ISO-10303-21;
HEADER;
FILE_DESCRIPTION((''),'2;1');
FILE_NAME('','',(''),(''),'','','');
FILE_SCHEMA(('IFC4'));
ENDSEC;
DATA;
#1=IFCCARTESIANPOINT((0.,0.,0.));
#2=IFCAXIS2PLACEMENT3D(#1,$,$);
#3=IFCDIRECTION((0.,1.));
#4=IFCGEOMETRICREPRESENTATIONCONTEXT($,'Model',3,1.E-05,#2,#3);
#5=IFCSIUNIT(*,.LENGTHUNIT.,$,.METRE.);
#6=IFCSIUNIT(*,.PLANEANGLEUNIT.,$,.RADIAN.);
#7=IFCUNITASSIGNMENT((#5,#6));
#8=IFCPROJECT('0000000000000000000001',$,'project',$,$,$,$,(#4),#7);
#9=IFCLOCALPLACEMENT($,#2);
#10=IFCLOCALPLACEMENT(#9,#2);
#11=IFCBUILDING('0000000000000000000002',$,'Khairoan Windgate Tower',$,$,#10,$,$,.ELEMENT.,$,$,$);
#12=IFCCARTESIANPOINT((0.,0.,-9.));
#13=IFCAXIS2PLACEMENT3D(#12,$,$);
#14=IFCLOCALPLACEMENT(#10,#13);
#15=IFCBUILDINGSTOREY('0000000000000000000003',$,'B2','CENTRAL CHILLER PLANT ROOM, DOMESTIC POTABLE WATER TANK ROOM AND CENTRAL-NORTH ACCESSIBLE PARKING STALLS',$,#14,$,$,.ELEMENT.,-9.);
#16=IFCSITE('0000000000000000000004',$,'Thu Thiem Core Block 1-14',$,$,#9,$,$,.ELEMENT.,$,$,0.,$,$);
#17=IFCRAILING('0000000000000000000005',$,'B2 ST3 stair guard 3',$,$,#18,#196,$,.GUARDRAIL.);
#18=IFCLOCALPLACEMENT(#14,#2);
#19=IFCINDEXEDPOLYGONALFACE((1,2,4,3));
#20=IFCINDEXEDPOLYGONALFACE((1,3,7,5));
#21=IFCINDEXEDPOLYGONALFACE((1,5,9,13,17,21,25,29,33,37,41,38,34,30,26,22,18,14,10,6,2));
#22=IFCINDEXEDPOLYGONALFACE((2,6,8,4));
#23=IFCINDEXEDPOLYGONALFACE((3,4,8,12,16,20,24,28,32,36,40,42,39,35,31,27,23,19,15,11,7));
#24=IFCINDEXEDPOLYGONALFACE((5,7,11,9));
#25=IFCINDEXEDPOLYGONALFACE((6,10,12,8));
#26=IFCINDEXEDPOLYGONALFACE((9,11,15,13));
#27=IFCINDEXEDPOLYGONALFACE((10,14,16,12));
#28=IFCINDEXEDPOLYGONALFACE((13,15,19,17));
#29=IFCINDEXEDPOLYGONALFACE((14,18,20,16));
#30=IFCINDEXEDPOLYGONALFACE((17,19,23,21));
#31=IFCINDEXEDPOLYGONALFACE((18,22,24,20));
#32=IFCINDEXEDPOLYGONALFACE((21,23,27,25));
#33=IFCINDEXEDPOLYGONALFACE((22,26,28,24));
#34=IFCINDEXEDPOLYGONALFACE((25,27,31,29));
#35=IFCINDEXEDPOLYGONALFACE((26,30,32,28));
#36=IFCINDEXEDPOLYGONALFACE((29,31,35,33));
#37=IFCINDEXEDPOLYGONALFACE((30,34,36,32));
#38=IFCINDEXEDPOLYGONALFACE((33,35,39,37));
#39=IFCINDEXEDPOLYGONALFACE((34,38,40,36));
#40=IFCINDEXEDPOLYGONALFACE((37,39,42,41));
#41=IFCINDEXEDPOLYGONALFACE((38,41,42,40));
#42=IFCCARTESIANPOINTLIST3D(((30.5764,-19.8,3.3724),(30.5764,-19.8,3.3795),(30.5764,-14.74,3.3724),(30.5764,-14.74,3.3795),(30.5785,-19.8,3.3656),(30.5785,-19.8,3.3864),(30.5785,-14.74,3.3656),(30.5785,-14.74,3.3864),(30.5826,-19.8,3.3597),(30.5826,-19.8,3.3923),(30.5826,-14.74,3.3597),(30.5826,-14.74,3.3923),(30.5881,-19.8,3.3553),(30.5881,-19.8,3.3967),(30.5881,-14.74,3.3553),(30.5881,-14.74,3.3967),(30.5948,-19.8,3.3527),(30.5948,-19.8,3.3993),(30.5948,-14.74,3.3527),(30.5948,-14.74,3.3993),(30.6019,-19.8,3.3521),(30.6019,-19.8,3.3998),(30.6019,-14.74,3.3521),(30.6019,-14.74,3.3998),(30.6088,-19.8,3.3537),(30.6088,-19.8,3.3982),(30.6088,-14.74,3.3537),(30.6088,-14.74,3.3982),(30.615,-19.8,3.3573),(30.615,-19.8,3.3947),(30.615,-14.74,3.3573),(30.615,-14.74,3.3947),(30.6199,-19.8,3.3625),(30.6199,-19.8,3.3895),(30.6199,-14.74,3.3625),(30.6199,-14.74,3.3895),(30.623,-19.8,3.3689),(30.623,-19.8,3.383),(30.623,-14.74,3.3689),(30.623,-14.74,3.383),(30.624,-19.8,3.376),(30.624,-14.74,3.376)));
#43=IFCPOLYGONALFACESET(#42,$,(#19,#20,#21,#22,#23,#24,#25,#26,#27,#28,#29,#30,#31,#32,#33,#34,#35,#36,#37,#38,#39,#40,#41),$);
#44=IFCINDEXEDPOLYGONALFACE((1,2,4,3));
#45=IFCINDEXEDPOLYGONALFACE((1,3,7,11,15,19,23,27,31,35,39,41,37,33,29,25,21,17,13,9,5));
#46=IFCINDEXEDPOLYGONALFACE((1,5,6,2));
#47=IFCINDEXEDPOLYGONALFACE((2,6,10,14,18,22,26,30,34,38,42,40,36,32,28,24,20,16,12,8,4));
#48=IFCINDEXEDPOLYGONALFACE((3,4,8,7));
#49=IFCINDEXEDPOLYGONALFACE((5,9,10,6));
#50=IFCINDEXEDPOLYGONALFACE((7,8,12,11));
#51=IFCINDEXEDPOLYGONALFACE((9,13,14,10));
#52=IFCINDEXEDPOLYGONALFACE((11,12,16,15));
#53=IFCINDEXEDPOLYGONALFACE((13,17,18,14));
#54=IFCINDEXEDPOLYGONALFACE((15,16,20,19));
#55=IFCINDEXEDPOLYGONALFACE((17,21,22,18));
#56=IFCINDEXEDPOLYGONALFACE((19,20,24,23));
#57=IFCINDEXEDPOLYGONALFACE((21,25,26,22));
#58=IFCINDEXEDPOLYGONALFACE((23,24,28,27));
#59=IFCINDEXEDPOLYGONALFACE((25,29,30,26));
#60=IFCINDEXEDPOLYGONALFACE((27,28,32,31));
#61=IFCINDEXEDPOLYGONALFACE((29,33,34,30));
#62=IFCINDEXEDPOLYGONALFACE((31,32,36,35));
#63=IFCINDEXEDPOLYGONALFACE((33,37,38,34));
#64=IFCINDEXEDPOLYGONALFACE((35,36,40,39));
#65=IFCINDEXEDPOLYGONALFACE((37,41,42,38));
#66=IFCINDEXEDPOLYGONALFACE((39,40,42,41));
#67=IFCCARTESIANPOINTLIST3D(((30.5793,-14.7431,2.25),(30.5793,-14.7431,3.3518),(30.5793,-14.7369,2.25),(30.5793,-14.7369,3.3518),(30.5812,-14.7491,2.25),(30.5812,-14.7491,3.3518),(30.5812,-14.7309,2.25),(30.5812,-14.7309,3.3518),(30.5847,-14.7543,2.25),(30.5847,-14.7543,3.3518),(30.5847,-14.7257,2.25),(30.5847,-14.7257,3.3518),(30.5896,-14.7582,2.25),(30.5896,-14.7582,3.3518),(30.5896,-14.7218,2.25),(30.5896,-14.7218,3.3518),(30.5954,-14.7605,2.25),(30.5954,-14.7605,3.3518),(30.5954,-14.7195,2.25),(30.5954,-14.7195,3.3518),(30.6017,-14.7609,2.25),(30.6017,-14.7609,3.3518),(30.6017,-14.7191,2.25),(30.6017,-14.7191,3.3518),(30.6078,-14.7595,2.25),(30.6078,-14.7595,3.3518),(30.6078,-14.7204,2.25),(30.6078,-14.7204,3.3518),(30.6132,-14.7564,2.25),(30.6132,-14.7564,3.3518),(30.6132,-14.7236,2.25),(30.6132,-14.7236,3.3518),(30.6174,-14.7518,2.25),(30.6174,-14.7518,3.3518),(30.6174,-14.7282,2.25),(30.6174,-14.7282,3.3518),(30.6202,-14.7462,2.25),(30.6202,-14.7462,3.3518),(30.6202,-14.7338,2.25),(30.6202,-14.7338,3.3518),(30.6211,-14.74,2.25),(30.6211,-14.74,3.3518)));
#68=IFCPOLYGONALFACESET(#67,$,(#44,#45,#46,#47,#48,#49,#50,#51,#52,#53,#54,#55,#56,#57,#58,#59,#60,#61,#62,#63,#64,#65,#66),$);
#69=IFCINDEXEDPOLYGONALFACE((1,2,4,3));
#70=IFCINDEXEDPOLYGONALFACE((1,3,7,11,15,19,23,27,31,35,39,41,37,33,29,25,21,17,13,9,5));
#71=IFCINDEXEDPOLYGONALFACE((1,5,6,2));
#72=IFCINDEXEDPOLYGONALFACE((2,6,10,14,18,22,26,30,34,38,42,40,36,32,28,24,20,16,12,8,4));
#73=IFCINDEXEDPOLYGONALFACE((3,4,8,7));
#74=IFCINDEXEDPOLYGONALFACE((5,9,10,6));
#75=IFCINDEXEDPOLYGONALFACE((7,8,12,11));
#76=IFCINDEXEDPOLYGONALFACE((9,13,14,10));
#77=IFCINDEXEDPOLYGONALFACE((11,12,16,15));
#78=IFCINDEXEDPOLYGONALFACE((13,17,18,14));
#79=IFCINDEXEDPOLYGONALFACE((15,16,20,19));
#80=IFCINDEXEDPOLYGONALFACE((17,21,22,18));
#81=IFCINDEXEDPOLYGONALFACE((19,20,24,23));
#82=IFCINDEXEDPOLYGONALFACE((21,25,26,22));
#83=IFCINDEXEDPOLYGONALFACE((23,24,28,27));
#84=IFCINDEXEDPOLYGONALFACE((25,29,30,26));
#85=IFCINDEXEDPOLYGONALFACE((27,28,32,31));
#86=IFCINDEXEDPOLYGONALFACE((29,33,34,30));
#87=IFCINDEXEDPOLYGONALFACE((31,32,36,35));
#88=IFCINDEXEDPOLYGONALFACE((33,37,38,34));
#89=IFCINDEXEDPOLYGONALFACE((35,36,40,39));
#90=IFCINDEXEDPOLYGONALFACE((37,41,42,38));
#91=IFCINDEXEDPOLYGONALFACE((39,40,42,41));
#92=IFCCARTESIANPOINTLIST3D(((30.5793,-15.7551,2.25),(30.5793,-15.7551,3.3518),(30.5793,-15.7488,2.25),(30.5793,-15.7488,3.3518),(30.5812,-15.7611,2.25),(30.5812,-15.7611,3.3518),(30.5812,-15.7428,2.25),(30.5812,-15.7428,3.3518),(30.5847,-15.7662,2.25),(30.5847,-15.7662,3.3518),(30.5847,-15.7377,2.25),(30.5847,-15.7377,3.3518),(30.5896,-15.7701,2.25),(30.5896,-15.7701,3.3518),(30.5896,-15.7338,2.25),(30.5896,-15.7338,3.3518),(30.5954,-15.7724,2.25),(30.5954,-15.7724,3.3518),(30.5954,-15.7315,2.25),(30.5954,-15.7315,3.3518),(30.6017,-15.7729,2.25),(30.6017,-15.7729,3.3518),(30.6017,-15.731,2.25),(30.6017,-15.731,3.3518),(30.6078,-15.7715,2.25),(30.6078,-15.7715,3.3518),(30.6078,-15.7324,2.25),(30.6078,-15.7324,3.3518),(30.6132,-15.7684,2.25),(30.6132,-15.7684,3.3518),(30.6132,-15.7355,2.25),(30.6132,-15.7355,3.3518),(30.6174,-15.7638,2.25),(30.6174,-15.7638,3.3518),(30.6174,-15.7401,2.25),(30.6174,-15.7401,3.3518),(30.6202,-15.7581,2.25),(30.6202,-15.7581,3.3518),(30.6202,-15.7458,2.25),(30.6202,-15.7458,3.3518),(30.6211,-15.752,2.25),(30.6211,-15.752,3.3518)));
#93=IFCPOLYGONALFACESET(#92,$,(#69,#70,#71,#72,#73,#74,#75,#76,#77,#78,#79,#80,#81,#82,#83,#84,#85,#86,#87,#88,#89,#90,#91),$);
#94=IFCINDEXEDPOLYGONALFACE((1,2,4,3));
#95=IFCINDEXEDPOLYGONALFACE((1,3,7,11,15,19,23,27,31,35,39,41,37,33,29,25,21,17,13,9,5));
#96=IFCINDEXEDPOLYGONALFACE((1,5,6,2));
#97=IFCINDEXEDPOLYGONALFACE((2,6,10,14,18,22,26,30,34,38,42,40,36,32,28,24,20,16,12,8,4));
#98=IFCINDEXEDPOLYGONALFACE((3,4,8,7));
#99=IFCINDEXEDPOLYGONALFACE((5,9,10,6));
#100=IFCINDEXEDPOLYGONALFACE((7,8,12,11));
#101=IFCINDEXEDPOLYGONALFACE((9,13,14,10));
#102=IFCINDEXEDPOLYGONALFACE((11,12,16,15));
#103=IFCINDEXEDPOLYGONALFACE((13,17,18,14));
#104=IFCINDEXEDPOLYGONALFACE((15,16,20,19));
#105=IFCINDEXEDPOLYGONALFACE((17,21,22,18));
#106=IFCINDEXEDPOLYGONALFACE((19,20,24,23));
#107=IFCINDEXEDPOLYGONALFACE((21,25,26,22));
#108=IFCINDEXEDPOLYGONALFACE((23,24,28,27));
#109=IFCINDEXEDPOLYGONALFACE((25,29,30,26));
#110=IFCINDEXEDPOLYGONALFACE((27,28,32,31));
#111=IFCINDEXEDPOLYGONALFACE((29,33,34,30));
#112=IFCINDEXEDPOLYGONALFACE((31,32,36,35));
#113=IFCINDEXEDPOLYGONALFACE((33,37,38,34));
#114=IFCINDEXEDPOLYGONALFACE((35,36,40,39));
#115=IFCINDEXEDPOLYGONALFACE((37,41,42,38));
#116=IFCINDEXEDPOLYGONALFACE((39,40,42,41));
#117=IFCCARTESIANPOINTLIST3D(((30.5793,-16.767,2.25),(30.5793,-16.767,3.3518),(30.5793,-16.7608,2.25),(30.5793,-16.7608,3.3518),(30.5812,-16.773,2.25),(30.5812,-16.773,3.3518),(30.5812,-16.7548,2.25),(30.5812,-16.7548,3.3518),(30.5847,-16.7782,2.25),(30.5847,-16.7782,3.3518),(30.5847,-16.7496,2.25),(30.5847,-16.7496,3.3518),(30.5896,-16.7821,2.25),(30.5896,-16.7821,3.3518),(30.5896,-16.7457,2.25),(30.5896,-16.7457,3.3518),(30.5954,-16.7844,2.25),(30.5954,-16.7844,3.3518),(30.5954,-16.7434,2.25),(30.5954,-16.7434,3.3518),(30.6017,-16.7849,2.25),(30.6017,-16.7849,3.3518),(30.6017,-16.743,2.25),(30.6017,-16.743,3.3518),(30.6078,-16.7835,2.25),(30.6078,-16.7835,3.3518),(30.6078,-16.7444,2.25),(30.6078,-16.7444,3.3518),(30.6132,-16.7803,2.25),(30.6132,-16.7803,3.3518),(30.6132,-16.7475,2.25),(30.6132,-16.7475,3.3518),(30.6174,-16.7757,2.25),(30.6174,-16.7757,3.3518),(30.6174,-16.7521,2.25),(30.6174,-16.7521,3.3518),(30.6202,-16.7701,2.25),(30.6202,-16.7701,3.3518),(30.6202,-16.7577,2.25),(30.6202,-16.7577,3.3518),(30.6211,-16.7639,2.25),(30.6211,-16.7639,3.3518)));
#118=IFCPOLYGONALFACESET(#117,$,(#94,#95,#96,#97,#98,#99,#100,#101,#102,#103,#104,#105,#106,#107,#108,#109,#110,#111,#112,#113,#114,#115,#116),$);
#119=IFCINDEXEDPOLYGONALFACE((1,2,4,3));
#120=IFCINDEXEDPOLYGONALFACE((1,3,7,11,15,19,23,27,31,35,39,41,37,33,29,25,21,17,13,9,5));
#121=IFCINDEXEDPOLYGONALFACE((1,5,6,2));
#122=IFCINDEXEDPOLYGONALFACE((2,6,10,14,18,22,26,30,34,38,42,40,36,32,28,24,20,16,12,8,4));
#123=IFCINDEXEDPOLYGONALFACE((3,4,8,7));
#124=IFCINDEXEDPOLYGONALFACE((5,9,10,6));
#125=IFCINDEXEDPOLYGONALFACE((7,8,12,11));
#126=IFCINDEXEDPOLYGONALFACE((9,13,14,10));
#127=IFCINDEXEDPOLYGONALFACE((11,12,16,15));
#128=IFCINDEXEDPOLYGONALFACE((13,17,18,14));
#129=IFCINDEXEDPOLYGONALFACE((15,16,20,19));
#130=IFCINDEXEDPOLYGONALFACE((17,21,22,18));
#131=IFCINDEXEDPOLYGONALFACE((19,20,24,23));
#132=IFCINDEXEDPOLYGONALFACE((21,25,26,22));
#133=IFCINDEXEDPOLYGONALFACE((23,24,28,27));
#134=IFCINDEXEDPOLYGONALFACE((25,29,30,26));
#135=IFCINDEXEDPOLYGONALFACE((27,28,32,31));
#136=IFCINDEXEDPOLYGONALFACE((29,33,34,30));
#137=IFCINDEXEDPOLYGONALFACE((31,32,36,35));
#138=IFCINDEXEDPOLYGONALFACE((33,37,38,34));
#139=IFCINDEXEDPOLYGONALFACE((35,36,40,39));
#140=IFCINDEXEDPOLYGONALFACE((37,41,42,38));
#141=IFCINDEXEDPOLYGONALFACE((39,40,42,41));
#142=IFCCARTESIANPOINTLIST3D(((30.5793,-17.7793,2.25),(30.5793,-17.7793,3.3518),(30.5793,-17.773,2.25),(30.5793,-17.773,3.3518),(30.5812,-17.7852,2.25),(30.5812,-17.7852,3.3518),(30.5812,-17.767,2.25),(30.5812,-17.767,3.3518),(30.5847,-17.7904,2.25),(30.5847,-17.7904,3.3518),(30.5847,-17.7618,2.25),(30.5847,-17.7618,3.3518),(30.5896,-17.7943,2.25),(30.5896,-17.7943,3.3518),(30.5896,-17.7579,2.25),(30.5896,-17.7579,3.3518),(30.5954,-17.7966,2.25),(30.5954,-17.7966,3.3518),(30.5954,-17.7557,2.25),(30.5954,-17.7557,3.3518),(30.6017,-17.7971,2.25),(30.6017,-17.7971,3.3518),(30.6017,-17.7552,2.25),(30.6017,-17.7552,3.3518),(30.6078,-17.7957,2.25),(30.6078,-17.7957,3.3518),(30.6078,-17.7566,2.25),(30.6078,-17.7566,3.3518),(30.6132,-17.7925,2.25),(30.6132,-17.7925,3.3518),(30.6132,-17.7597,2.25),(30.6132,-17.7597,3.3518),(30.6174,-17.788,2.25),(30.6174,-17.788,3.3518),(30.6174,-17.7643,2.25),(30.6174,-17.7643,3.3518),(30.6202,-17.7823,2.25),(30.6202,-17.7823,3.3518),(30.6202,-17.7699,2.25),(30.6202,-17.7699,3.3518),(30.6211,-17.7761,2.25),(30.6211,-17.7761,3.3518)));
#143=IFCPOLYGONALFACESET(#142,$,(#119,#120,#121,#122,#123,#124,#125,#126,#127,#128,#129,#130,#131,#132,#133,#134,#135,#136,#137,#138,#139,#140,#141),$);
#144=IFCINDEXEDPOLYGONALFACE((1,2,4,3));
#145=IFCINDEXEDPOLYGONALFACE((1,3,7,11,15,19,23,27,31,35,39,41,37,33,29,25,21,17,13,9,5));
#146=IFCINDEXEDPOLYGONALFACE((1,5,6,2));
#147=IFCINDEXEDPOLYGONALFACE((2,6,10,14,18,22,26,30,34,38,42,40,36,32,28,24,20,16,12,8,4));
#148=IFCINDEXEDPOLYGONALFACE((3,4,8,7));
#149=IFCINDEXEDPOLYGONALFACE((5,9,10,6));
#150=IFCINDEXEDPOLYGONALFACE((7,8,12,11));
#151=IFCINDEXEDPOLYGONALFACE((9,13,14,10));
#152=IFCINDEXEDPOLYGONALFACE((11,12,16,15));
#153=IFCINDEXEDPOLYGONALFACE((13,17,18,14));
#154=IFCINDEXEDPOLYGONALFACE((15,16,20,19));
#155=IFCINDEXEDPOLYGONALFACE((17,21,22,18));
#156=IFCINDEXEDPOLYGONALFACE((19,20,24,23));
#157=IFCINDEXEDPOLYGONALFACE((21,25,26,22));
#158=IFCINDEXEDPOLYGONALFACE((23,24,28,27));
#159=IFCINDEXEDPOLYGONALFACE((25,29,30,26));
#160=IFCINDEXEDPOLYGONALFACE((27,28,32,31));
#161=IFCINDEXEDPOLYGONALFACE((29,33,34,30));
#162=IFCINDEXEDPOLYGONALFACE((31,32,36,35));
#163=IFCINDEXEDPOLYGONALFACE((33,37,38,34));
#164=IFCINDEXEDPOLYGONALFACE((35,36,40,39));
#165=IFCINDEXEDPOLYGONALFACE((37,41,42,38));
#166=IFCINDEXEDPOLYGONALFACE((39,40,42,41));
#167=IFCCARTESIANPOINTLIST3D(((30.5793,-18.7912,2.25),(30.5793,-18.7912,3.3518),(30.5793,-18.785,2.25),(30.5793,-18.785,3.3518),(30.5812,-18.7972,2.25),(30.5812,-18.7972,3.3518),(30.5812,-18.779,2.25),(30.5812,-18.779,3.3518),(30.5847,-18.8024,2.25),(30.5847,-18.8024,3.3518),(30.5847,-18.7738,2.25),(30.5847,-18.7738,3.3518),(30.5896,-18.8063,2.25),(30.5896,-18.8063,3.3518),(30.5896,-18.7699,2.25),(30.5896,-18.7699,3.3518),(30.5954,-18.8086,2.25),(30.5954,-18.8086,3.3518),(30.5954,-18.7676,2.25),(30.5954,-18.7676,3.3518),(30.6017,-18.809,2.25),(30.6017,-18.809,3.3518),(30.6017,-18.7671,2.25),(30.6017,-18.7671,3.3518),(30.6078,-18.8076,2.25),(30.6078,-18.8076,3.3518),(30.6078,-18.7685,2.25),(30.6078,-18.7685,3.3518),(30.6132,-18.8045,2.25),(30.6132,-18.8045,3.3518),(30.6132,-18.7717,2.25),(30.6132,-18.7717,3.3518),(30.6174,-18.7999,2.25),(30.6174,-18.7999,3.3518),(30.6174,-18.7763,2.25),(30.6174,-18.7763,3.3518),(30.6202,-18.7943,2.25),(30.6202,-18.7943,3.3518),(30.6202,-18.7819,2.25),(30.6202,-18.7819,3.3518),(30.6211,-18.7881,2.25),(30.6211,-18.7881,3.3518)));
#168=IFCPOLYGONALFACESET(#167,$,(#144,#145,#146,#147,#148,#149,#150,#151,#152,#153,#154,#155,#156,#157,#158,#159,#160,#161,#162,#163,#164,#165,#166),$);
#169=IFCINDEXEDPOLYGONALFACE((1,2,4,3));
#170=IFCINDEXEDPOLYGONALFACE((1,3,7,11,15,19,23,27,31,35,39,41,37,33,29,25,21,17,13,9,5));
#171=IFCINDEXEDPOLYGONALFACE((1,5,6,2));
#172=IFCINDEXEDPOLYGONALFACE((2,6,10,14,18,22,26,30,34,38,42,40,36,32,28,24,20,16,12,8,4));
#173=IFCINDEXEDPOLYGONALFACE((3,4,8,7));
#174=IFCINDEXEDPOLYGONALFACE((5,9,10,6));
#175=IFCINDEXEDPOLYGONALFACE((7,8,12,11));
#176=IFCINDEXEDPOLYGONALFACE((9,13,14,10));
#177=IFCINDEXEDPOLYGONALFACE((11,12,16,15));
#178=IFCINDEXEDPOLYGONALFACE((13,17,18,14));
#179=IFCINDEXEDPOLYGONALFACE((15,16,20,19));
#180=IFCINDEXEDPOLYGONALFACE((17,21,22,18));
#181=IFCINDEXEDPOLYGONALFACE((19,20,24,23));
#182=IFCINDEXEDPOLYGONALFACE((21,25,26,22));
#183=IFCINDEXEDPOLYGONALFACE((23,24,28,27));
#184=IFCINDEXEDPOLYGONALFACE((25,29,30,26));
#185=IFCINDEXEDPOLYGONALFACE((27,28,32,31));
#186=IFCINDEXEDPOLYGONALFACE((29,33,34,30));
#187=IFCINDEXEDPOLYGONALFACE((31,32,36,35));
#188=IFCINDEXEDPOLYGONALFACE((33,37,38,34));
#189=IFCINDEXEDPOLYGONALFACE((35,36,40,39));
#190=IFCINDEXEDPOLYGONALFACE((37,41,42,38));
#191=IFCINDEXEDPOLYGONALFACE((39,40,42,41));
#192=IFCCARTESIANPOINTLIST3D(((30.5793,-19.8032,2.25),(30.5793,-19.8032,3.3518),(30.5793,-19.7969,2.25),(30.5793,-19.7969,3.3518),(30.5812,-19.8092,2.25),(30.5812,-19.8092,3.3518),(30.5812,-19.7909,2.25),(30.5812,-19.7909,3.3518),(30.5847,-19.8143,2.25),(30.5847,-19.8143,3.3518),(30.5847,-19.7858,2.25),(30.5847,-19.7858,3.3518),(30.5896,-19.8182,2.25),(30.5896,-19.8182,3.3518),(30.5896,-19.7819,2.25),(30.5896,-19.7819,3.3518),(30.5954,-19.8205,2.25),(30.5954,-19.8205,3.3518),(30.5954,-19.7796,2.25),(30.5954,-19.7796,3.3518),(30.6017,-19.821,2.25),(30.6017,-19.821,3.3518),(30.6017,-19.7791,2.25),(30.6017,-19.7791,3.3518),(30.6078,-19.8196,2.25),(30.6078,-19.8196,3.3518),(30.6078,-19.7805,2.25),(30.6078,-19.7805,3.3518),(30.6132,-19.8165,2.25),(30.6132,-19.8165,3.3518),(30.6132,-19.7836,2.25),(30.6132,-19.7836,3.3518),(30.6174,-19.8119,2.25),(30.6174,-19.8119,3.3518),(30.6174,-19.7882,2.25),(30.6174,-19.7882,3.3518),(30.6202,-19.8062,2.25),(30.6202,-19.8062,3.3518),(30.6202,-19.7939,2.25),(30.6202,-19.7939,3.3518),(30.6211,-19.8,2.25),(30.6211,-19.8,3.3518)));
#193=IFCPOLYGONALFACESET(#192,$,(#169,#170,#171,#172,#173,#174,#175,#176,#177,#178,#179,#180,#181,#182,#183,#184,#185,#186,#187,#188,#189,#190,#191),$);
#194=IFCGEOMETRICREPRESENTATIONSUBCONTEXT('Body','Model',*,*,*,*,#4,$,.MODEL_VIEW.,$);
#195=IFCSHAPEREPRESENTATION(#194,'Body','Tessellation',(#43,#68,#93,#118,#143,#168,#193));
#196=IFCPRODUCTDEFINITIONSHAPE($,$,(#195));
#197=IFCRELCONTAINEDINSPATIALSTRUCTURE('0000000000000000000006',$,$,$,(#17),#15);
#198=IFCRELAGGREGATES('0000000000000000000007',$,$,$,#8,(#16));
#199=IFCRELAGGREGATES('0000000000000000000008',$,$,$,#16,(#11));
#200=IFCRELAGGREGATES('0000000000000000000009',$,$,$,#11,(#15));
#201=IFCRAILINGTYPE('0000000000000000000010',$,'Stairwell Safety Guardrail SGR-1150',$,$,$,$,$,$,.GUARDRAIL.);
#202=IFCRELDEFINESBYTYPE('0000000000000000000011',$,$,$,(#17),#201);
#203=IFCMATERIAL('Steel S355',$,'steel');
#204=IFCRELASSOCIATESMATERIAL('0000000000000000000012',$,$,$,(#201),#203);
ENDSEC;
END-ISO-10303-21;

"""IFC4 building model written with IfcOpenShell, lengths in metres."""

from ifc_helpers import new_model, si_unit, direction, frame, origin, origin_2d, place, context, subcontext, project, spatial, circle, extrude, material, type_object, element, save


model = new_model("IFC4")

# Units and contexts
model_context = context("Model", 3, precision=1e-05, world=origin(), true_north=direction((0.0, 1.0)))
body_context = subcontext(model_context, "Body", "Model", "MODEL_VIEW")
ifc_project = project(units=[si_unit("LENGTHUNIT", "METRE"), si_unit("PLANEANGLEUNIT", "RADIAN")], contexts=[model_context])

# Site, building, storey
site_placement = place(None, origin())
site = spatial("IfcSite", under=ifc_project, at=site_placement, Name="Thu Thiem Core Block 1-14", CompositionType="ELEMENT", RefElevation=0.0)
building_placement = place(site_placement, origin())
building = spatial("IfcBuilding", under=site, at=building_placement, Name="Khairoan Windgate Tower", CompositionType="ELEMENT")
storey_placement = place(building_placement, frame((0.0, 0.0, -9.0)))
storey = spatial("IfcBuildingStorey", under=building, at=storey_placement, Name="B2", Description="CENTRAL CHILLER PLANT ROOM, DOMESTIC POTABLE WATER TANK ROOM AND CENTRAL-NORTH ACCESSIBLE PARKING STALLS", CompositionType="ELEMENT", Elevation=-9.0)

# Railing
ifc_material_1 = material(Name="Steel S355", Category="steel")
railing_type = type_object("IfcRailingType", Name="Stairwell Safety Guardrail SGR-1150", PredefinedType="GUARDRAIL", material=ifc_material_1)
railing_1_placement = place(storey_placement, frame((30.6001, -14.74, 2.25)))
element("IfcRailing", 1, at=railing_1_placement, inside=storey, type_object=railing_type, Name="B2 ST3 stair guard 3", PredefinedType="GUARDRAIL", context=body_context, shape_type="SweptSolid", body=[
    extrude(circle(Radius=0.0239, at=origin_2d()), frame((0.0, 0.0, 1.126), z_axis=(0.0, -1.0, 0.0), x_axis=(1.0, 0.0, 0.0)), (0.0, 0.0, 1.0), 5.0601),
    extrude(circle(Radius=0.021, at=origin_2d()), origin(), (0.0, 0.0, 1.0), 1.1018),
    extrude(circle(Radius=0.021, at=origin_2d()), frame((0.0, -1.012, 0.0)), (0.0, 0.0, 1.0), 1.1018),
    extrude(circle(Radius=0.021, at=origin_2d()), frame((0.0, -2.0239, 0.0)), (0.0, 0.0, 1.0), 1.1018),
    extrude(circle(Radius=0.021, at=origin_2d()), frame((0.0, -3.0361, 0.0)), (0.0, 0.0, 1.0), 1.1018),
    extrude(circle(Radius=0.021, at=origin_2d()), frame((0.0, -4.0481, 0.0)), (0.0, 0.0, 1.0), 1.1018),
    extrude(circle(Radius=0.021, at=origin_2d()), frame((0.0, -5.0601, 0.0)), (0.0, 0.0, 1.0), 1.1018),
])

save(model, "model.ifc")
